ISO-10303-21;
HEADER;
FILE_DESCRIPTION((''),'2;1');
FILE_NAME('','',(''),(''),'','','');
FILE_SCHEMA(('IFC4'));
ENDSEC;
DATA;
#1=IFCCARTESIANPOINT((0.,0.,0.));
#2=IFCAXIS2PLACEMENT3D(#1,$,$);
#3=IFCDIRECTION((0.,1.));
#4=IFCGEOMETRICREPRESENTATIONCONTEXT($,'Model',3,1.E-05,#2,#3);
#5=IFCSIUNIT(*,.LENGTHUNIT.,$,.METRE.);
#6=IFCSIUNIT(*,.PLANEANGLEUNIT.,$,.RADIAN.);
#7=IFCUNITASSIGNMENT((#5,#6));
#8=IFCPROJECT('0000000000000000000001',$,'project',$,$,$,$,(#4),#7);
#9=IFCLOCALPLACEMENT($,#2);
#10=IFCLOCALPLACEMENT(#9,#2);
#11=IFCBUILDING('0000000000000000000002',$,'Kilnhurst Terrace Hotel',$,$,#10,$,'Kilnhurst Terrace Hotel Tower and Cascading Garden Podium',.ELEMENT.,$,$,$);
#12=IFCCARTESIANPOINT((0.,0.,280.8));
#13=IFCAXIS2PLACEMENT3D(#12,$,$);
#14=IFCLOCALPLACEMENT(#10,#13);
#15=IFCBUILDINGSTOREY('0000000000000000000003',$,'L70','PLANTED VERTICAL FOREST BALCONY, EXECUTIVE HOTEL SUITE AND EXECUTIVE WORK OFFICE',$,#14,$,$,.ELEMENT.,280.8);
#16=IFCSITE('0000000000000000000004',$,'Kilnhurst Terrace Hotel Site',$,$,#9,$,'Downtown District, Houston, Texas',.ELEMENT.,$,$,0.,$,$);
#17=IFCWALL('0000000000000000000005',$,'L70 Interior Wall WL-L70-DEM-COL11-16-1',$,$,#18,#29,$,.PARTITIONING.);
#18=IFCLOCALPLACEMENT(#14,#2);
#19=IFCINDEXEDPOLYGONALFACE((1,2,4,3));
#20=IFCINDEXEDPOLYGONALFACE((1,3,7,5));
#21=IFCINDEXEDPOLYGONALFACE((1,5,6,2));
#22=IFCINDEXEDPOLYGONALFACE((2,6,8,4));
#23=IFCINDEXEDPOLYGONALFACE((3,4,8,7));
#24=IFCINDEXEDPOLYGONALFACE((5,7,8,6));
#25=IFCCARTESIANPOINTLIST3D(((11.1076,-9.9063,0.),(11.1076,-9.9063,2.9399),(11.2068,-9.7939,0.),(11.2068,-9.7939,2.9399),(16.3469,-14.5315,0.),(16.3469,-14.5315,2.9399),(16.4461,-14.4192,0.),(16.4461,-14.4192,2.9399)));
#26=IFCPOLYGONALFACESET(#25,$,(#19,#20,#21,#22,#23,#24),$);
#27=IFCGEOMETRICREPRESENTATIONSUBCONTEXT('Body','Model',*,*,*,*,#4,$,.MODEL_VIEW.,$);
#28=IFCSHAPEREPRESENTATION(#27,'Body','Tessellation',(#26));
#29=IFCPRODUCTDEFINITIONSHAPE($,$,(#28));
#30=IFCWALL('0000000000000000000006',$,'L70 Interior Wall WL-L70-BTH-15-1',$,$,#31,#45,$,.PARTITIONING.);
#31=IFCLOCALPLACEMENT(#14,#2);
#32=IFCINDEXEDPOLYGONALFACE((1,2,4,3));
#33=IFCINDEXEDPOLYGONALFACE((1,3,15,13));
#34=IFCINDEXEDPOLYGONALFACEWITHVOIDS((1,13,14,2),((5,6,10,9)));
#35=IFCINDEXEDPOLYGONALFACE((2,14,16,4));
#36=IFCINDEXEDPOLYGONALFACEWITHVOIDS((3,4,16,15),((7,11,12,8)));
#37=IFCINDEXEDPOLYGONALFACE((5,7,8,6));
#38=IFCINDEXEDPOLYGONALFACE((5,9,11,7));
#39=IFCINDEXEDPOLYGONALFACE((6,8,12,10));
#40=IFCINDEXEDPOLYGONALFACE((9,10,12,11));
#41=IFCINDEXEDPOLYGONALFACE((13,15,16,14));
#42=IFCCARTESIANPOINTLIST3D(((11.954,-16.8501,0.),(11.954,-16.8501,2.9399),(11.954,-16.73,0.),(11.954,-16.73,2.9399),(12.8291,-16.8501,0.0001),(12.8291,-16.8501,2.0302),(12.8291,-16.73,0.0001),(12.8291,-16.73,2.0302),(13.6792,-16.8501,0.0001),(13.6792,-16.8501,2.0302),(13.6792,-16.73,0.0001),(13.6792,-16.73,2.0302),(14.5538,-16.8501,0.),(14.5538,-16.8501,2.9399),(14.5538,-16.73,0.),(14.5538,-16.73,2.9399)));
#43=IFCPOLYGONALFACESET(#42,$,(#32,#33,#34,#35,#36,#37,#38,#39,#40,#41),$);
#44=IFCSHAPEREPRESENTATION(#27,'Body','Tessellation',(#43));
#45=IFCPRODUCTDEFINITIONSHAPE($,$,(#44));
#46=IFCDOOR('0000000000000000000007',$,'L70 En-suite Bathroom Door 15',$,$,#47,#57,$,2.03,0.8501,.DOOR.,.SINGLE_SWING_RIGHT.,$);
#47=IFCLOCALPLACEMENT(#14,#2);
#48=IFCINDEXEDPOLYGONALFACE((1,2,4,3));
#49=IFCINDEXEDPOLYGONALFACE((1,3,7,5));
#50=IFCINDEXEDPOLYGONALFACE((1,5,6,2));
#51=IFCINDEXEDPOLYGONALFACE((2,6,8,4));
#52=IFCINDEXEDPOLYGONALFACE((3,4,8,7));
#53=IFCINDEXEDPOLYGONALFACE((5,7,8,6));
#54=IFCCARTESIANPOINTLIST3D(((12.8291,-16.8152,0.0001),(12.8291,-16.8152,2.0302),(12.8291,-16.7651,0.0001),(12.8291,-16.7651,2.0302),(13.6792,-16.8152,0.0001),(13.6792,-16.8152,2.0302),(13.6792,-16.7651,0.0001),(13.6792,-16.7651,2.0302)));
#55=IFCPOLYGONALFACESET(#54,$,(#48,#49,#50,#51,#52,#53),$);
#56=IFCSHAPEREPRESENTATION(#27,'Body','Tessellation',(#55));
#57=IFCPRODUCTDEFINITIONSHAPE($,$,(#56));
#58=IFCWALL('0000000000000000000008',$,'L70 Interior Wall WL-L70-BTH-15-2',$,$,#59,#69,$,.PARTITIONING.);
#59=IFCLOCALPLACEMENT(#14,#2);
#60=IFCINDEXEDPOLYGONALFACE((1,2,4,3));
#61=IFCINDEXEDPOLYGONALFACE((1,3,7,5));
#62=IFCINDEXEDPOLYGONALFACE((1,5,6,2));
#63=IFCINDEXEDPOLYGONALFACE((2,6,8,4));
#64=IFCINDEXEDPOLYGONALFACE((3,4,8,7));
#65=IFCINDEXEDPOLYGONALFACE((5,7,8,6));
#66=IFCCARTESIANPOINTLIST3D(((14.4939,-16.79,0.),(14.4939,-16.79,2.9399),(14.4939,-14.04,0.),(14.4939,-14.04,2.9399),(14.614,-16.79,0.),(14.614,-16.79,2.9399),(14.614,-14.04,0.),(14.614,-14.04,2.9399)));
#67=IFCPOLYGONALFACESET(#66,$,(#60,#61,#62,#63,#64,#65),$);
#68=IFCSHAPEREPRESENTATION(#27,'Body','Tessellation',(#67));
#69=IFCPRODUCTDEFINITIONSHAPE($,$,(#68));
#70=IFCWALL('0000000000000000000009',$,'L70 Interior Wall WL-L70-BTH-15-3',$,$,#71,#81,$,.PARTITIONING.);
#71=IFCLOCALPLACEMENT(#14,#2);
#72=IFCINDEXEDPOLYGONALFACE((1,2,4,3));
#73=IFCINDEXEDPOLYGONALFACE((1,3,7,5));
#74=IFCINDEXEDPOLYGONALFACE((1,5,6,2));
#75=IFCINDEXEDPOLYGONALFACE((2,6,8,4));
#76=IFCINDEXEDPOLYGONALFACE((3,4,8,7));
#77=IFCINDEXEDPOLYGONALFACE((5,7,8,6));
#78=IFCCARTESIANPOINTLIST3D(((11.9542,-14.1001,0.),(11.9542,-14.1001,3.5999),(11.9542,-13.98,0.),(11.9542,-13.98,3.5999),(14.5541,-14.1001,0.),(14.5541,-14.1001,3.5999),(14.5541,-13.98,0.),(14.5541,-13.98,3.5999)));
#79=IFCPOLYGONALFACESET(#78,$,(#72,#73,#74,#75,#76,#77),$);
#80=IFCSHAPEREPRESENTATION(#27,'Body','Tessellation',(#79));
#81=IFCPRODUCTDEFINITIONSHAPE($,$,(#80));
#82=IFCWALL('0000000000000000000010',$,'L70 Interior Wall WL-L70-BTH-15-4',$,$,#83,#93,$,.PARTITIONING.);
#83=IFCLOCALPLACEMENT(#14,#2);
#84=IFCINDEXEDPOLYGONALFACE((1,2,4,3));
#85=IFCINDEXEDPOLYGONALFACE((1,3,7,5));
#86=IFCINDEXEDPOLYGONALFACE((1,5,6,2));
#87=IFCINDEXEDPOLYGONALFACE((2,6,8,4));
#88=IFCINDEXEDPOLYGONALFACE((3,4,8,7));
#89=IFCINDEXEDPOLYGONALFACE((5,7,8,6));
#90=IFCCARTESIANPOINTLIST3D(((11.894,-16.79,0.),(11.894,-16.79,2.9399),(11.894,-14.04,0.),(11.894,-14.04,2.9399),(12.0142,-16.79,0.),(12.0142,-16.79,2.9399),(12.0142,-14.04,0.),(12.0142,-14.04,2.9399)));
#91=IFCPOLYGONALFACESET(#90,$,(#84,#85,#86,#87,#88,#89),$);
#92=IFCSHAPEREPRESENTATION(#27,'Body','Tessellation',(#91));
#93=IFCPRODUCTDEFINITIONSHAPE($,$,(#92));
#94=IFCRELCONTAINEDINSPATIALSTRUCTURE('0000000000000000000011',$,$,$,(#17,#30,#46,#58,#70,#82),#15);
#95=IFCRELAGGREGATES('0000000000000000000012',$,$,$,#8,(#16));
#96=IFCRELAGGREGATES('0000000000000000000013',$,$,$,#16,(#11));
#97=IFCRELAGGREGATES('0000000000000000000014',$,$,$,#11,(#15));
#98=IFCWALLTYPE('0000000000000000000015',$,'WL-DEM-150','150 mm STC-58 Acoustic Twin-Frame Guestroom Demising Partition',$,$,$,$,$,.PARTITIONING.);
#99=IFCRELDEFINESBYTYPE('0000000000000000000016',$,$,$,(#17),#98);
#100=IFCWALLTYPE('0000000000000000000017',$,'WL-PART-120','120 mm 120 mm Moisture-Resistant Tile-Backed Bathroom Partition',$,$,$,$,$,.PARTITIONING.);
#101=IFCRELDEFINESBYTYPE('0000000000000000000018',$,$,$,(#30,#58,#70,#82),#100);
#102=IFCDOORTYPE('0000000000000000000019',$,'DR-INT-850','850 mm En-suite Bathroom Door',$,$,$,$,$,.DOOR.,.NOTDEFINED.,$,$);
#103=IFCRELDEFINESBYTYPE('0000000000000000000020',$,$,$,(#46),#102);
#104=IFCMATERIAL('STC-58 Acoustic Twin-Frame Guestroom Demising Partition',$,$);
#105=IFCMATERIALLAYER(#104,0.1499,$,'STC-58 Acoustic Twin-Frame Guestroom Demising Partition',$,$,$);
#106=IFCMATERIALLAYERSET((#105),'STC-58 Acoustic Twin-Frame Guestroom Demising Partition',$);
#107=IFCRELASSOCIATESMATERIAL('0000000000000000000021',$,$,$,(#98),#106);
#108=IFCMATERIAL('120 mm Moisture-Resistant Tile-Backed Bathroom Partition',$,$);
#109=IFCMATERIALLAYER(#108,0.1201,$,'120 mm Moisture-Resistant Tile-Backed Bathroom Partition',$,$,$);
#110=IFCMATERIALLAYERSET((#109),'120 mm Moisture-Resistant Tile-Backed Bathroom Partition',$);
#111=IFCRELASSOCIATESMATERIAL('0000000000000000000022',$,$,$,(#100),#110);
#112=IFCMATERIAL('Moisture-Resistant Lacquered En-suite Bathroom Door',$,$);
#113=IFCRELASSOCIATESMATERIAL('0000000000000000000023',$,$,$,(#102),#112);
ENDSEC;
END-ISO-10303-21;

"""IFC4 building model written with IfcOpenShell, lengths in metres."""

from ifc_helpers import new_model, si_unit, direction, frame, frame_2d, origin, place, context, subcontext, project, spatial, rectangle, extrude, material, layer, layer_set, type_object, element, fill, save


model = new_model("IFC4")

# Units and contexts
model_context = context("Model", 3, precision=1e-05, world=origin(), true_north=direction((0.0, 1.0)))
body_context = subcontext(model_context, "Body", "Model", "MODEL_VIEW")
ifc_project = project(units=[si_unit("LENGTHUNIT", "METRE"), si_unit("PLANEANGLEUNIT", "RADIAN")], contexts=[model_context])

# Site, building, storey
site_placement = place(None, origin())
site = spatial("IfcSite", under=ifc_project, at=site_placement, Name="Kilnhurst Terrace Hotel Site", LongName="Downtown District, Houston, Texas", CompositionType="ELEMENT", RefElevation=0.0)
building_placement = place(site_placement, origin())
building = spatial("IfcBuilding", under=site, at=building_placement, Name="Kilnhurst Terrace Hotel", LongName="Kilnhurst Terrace Hotel Tower and Cascading Garden Podium", CompositionType="ELEMENT")
storey_placement = place(building_placement, frame((0.0, 0.0, 280.8)))
storey = spatial("IfcBuildingStorey", under=building, at=storey_placement, Name="L70", Description="PLANTED VERTICAL FOREST BALCONY, EXECUTIVE HOTEL SUITE AND EXECUTIVE WORK OFFICE", CompositionType="ELEMENT", Elevation=280.8)

# Wall
ifc_material_1 = material(Name="STC-58 Acoustic Twin-Frame Guestroom Demising Partition")
ifc_layer_1 = layer(ifc_material_1, 0.1499, Name="STC-58 Acoustic Twin-Frame Guestroom Demising Partition")
ifc_layer_set_1 = layer_set([ifc_layer_1], Name="STC-58 Acoustic Twin-Frame Guestroom Demising Partition")
wall_type_1 = type_object("IfcWallType", Name="WL-DEM-150", Description="150 mm STC-58 Acoustic Twin-Frame Guestroom Demising Partition", PredefinedType="PARTITIONING", material=ifc_layer_set_1)
wall_1_placement = place(storey_placement, frame((11.1572, -9.8501, 0.0), z_axis=(0.0, 0.0, 1.0), x_axis=(0.74967, -0.661812, 0.0)))
element("IfcWall", 1, at=wall_1_placement, inside=storey, type_object=wall_type_1, Name="L70 Interior Wall WL-L70-DEM-COL11-16-1", PredefinedType="PARTITIONING", context=body_context, shape_type="SweptSolid", body=[
    extrude(rectangle(XDim=6.9888, YDim=0.1499, at=frame_2d((3.4944, 0.0))), origin(), (0.0, 0.0, 1.0), 2.9399),
])

# Wall, opening, door
ifc_material_2 = material(Name="120 mm Moisture-Resistant Tile-Backed Bathroom Partition")
ifc_layer_2 = layer(ifc_material_2, 0.1201, Name="120 mm Moisture-Resistant Tile-Backed Bathroom Partition")
ifc_layer_set_2 = layer_set([ifc_layer_2], Name="120 mm Moisture-Resistant Tile-Backed Bathroom Partition")
wall_type_2 = type_object("IfcWallType", Name="WL-PART-120", Description="120 mm 120 mm Moisture-Resistant Tile-Backed Bathroom Partition", PredefinedType="PARTITIONING", material=ifc_layer_set_2)
wall_2_placement = place(storey_placement, frame((11.9541, -16.79, 0.0), z_axis=(0.0, 0.0, 1.0), x_axis=(1.0, 0.0, 0.0)))
wall_2 = element("IfcWall", 2, at=wall_2_placement, inside=storey, type_object=wall_type_2, Name="L70 Interior Wall WL-L70-BTH-15-1", PredefinedType="PARTITIONING", context=body_context, shape_type="SweptSolid", body=[
    extrude(rectangle(XDim=2.5999, YDim=0.1201, at=frame_2d((1.2998, 0.0))), origin(), (0.0, 0.0, 1.0), 2.9399),
])
opening_1_placement = place(wall_2_placement, frame((0.875, 0.0, 0.0)))
opening_1 = element("IfcOpeningElement", 3, at=opening_1_placement, cuts=wall_2, PredefinedType="OPENING", context=body_context, shape_type="SweptSolid", body=[
    extrude(rectangle(XDim=0.8501, YDim=2.03, at=frame_2d((0.425, 1.0151))), frame((0.0, 0.0701, 0.0), z_axis=(0.0, -1.0, 0.0), x_axis=(1.0, 0.0, 0.0)), (0.0, 0.0, 1.0), 0.1401),
])
ifc_material_3 = material(Name="Moisture-Resistant Lacquered En-suite Bathroom Door")
door_type_1 = type_object("IfcDoorType", Name="DR-INT-850", Description="850 mm En-suite Bathroom Door", OperationType="NOTDEFINED", PredefinedType="DOOR", material=ifc_material_3)
door_1_placement = place(opening_1_placement, origin())
door_1 = element("IfcDoor", 4, at=door_1_placement, inside=storey, type_object=door_type_1, Name="L70 En-suite Bathroom Door 15", OperationType="SINGLE_SWING_RIGHT", OverallHeight=2.03, OverallWidth=0.8501, PredefinedType="DOOR", context=body_context, shape_type="SweptSolid", body=[
    extrude(rectangle(XDim=0.8501, YDim=2.03, at=frame_2d((0.425, 1.0151))), frame((0.0, 0.0249, 0.0), z_axis=(0.0, -1.0, 0.0), x_axis=(1.0, 0.0, 0.0)), (0.0, 0.0, 1.0), 0.05),
])
fill(opening_1, door_1)

# Walls
wall_3_placement = place(storey_placement, frame((14.554, -16.79, 0.0), z_axis=(0.0, 0.0, 1.0), x_axis=(0.0, 1.0, 0.0)))
element("IfcWall", 5, at=wall_3_placement, inside=storey, type_object=wall_type_2, Name="L70 Interior Wall WL-L70-BTH-15-2", PredefinedType="PARTITIONING", context=body_context, shape_type="SweptSolid", body=[
    extrude(rectangle(XDim=2.75, YDim=0.1201, at=frame_2d((1.375, 0.0))), origin(), (0.0, 0.0, 1.0), 2.9399),
])
wall_4_placement = place(storey_placement, frame((14.554, -14.04, 0.0), z_axis=(0.0, 0.0, 1.0), x_axis=(-1.0, 0.0, 0.0)))
element("IfcWall", 6, at=wall_4_placement, inside=storey, type_object=wall_type_2, Name="L70 Interior Wall WL-L70-BTH-15-3", PredefinedType="PARTITIONING", context=body_context, shape_type="SweptSolid", body=[
    extrude(rectangle(XDim=2.5999, YDim=0.1201, at=frame_2d((1.2998, 0.0))), origin(), (0.0, 0.0, 1.0), 3.5999),
])
wall_5_placement = place(storey_placement, frame((11.9541, -14.04, 0.0), z_axis=(0.0, 0.0, 1.0), x_axis=(0.0, -1.0, 0.0)))
element("IfcWall", 7, at=wall_5_placement, inside=storey, type_object=wall_type_2, Name="L70 Interior Wall WL-L70-BTH-15-4", PredefinedType="PARTITIONING", context=body_context, shape_type="SweptSolid", body=[
    extrude(rectangle(XDim=2.75, YDim=0.1201, at=frame_2d((1.375, 0.0))), origin(), (0.0, 0.0, 1.0), 2.9399),
])

save(model, "model.ifc")
